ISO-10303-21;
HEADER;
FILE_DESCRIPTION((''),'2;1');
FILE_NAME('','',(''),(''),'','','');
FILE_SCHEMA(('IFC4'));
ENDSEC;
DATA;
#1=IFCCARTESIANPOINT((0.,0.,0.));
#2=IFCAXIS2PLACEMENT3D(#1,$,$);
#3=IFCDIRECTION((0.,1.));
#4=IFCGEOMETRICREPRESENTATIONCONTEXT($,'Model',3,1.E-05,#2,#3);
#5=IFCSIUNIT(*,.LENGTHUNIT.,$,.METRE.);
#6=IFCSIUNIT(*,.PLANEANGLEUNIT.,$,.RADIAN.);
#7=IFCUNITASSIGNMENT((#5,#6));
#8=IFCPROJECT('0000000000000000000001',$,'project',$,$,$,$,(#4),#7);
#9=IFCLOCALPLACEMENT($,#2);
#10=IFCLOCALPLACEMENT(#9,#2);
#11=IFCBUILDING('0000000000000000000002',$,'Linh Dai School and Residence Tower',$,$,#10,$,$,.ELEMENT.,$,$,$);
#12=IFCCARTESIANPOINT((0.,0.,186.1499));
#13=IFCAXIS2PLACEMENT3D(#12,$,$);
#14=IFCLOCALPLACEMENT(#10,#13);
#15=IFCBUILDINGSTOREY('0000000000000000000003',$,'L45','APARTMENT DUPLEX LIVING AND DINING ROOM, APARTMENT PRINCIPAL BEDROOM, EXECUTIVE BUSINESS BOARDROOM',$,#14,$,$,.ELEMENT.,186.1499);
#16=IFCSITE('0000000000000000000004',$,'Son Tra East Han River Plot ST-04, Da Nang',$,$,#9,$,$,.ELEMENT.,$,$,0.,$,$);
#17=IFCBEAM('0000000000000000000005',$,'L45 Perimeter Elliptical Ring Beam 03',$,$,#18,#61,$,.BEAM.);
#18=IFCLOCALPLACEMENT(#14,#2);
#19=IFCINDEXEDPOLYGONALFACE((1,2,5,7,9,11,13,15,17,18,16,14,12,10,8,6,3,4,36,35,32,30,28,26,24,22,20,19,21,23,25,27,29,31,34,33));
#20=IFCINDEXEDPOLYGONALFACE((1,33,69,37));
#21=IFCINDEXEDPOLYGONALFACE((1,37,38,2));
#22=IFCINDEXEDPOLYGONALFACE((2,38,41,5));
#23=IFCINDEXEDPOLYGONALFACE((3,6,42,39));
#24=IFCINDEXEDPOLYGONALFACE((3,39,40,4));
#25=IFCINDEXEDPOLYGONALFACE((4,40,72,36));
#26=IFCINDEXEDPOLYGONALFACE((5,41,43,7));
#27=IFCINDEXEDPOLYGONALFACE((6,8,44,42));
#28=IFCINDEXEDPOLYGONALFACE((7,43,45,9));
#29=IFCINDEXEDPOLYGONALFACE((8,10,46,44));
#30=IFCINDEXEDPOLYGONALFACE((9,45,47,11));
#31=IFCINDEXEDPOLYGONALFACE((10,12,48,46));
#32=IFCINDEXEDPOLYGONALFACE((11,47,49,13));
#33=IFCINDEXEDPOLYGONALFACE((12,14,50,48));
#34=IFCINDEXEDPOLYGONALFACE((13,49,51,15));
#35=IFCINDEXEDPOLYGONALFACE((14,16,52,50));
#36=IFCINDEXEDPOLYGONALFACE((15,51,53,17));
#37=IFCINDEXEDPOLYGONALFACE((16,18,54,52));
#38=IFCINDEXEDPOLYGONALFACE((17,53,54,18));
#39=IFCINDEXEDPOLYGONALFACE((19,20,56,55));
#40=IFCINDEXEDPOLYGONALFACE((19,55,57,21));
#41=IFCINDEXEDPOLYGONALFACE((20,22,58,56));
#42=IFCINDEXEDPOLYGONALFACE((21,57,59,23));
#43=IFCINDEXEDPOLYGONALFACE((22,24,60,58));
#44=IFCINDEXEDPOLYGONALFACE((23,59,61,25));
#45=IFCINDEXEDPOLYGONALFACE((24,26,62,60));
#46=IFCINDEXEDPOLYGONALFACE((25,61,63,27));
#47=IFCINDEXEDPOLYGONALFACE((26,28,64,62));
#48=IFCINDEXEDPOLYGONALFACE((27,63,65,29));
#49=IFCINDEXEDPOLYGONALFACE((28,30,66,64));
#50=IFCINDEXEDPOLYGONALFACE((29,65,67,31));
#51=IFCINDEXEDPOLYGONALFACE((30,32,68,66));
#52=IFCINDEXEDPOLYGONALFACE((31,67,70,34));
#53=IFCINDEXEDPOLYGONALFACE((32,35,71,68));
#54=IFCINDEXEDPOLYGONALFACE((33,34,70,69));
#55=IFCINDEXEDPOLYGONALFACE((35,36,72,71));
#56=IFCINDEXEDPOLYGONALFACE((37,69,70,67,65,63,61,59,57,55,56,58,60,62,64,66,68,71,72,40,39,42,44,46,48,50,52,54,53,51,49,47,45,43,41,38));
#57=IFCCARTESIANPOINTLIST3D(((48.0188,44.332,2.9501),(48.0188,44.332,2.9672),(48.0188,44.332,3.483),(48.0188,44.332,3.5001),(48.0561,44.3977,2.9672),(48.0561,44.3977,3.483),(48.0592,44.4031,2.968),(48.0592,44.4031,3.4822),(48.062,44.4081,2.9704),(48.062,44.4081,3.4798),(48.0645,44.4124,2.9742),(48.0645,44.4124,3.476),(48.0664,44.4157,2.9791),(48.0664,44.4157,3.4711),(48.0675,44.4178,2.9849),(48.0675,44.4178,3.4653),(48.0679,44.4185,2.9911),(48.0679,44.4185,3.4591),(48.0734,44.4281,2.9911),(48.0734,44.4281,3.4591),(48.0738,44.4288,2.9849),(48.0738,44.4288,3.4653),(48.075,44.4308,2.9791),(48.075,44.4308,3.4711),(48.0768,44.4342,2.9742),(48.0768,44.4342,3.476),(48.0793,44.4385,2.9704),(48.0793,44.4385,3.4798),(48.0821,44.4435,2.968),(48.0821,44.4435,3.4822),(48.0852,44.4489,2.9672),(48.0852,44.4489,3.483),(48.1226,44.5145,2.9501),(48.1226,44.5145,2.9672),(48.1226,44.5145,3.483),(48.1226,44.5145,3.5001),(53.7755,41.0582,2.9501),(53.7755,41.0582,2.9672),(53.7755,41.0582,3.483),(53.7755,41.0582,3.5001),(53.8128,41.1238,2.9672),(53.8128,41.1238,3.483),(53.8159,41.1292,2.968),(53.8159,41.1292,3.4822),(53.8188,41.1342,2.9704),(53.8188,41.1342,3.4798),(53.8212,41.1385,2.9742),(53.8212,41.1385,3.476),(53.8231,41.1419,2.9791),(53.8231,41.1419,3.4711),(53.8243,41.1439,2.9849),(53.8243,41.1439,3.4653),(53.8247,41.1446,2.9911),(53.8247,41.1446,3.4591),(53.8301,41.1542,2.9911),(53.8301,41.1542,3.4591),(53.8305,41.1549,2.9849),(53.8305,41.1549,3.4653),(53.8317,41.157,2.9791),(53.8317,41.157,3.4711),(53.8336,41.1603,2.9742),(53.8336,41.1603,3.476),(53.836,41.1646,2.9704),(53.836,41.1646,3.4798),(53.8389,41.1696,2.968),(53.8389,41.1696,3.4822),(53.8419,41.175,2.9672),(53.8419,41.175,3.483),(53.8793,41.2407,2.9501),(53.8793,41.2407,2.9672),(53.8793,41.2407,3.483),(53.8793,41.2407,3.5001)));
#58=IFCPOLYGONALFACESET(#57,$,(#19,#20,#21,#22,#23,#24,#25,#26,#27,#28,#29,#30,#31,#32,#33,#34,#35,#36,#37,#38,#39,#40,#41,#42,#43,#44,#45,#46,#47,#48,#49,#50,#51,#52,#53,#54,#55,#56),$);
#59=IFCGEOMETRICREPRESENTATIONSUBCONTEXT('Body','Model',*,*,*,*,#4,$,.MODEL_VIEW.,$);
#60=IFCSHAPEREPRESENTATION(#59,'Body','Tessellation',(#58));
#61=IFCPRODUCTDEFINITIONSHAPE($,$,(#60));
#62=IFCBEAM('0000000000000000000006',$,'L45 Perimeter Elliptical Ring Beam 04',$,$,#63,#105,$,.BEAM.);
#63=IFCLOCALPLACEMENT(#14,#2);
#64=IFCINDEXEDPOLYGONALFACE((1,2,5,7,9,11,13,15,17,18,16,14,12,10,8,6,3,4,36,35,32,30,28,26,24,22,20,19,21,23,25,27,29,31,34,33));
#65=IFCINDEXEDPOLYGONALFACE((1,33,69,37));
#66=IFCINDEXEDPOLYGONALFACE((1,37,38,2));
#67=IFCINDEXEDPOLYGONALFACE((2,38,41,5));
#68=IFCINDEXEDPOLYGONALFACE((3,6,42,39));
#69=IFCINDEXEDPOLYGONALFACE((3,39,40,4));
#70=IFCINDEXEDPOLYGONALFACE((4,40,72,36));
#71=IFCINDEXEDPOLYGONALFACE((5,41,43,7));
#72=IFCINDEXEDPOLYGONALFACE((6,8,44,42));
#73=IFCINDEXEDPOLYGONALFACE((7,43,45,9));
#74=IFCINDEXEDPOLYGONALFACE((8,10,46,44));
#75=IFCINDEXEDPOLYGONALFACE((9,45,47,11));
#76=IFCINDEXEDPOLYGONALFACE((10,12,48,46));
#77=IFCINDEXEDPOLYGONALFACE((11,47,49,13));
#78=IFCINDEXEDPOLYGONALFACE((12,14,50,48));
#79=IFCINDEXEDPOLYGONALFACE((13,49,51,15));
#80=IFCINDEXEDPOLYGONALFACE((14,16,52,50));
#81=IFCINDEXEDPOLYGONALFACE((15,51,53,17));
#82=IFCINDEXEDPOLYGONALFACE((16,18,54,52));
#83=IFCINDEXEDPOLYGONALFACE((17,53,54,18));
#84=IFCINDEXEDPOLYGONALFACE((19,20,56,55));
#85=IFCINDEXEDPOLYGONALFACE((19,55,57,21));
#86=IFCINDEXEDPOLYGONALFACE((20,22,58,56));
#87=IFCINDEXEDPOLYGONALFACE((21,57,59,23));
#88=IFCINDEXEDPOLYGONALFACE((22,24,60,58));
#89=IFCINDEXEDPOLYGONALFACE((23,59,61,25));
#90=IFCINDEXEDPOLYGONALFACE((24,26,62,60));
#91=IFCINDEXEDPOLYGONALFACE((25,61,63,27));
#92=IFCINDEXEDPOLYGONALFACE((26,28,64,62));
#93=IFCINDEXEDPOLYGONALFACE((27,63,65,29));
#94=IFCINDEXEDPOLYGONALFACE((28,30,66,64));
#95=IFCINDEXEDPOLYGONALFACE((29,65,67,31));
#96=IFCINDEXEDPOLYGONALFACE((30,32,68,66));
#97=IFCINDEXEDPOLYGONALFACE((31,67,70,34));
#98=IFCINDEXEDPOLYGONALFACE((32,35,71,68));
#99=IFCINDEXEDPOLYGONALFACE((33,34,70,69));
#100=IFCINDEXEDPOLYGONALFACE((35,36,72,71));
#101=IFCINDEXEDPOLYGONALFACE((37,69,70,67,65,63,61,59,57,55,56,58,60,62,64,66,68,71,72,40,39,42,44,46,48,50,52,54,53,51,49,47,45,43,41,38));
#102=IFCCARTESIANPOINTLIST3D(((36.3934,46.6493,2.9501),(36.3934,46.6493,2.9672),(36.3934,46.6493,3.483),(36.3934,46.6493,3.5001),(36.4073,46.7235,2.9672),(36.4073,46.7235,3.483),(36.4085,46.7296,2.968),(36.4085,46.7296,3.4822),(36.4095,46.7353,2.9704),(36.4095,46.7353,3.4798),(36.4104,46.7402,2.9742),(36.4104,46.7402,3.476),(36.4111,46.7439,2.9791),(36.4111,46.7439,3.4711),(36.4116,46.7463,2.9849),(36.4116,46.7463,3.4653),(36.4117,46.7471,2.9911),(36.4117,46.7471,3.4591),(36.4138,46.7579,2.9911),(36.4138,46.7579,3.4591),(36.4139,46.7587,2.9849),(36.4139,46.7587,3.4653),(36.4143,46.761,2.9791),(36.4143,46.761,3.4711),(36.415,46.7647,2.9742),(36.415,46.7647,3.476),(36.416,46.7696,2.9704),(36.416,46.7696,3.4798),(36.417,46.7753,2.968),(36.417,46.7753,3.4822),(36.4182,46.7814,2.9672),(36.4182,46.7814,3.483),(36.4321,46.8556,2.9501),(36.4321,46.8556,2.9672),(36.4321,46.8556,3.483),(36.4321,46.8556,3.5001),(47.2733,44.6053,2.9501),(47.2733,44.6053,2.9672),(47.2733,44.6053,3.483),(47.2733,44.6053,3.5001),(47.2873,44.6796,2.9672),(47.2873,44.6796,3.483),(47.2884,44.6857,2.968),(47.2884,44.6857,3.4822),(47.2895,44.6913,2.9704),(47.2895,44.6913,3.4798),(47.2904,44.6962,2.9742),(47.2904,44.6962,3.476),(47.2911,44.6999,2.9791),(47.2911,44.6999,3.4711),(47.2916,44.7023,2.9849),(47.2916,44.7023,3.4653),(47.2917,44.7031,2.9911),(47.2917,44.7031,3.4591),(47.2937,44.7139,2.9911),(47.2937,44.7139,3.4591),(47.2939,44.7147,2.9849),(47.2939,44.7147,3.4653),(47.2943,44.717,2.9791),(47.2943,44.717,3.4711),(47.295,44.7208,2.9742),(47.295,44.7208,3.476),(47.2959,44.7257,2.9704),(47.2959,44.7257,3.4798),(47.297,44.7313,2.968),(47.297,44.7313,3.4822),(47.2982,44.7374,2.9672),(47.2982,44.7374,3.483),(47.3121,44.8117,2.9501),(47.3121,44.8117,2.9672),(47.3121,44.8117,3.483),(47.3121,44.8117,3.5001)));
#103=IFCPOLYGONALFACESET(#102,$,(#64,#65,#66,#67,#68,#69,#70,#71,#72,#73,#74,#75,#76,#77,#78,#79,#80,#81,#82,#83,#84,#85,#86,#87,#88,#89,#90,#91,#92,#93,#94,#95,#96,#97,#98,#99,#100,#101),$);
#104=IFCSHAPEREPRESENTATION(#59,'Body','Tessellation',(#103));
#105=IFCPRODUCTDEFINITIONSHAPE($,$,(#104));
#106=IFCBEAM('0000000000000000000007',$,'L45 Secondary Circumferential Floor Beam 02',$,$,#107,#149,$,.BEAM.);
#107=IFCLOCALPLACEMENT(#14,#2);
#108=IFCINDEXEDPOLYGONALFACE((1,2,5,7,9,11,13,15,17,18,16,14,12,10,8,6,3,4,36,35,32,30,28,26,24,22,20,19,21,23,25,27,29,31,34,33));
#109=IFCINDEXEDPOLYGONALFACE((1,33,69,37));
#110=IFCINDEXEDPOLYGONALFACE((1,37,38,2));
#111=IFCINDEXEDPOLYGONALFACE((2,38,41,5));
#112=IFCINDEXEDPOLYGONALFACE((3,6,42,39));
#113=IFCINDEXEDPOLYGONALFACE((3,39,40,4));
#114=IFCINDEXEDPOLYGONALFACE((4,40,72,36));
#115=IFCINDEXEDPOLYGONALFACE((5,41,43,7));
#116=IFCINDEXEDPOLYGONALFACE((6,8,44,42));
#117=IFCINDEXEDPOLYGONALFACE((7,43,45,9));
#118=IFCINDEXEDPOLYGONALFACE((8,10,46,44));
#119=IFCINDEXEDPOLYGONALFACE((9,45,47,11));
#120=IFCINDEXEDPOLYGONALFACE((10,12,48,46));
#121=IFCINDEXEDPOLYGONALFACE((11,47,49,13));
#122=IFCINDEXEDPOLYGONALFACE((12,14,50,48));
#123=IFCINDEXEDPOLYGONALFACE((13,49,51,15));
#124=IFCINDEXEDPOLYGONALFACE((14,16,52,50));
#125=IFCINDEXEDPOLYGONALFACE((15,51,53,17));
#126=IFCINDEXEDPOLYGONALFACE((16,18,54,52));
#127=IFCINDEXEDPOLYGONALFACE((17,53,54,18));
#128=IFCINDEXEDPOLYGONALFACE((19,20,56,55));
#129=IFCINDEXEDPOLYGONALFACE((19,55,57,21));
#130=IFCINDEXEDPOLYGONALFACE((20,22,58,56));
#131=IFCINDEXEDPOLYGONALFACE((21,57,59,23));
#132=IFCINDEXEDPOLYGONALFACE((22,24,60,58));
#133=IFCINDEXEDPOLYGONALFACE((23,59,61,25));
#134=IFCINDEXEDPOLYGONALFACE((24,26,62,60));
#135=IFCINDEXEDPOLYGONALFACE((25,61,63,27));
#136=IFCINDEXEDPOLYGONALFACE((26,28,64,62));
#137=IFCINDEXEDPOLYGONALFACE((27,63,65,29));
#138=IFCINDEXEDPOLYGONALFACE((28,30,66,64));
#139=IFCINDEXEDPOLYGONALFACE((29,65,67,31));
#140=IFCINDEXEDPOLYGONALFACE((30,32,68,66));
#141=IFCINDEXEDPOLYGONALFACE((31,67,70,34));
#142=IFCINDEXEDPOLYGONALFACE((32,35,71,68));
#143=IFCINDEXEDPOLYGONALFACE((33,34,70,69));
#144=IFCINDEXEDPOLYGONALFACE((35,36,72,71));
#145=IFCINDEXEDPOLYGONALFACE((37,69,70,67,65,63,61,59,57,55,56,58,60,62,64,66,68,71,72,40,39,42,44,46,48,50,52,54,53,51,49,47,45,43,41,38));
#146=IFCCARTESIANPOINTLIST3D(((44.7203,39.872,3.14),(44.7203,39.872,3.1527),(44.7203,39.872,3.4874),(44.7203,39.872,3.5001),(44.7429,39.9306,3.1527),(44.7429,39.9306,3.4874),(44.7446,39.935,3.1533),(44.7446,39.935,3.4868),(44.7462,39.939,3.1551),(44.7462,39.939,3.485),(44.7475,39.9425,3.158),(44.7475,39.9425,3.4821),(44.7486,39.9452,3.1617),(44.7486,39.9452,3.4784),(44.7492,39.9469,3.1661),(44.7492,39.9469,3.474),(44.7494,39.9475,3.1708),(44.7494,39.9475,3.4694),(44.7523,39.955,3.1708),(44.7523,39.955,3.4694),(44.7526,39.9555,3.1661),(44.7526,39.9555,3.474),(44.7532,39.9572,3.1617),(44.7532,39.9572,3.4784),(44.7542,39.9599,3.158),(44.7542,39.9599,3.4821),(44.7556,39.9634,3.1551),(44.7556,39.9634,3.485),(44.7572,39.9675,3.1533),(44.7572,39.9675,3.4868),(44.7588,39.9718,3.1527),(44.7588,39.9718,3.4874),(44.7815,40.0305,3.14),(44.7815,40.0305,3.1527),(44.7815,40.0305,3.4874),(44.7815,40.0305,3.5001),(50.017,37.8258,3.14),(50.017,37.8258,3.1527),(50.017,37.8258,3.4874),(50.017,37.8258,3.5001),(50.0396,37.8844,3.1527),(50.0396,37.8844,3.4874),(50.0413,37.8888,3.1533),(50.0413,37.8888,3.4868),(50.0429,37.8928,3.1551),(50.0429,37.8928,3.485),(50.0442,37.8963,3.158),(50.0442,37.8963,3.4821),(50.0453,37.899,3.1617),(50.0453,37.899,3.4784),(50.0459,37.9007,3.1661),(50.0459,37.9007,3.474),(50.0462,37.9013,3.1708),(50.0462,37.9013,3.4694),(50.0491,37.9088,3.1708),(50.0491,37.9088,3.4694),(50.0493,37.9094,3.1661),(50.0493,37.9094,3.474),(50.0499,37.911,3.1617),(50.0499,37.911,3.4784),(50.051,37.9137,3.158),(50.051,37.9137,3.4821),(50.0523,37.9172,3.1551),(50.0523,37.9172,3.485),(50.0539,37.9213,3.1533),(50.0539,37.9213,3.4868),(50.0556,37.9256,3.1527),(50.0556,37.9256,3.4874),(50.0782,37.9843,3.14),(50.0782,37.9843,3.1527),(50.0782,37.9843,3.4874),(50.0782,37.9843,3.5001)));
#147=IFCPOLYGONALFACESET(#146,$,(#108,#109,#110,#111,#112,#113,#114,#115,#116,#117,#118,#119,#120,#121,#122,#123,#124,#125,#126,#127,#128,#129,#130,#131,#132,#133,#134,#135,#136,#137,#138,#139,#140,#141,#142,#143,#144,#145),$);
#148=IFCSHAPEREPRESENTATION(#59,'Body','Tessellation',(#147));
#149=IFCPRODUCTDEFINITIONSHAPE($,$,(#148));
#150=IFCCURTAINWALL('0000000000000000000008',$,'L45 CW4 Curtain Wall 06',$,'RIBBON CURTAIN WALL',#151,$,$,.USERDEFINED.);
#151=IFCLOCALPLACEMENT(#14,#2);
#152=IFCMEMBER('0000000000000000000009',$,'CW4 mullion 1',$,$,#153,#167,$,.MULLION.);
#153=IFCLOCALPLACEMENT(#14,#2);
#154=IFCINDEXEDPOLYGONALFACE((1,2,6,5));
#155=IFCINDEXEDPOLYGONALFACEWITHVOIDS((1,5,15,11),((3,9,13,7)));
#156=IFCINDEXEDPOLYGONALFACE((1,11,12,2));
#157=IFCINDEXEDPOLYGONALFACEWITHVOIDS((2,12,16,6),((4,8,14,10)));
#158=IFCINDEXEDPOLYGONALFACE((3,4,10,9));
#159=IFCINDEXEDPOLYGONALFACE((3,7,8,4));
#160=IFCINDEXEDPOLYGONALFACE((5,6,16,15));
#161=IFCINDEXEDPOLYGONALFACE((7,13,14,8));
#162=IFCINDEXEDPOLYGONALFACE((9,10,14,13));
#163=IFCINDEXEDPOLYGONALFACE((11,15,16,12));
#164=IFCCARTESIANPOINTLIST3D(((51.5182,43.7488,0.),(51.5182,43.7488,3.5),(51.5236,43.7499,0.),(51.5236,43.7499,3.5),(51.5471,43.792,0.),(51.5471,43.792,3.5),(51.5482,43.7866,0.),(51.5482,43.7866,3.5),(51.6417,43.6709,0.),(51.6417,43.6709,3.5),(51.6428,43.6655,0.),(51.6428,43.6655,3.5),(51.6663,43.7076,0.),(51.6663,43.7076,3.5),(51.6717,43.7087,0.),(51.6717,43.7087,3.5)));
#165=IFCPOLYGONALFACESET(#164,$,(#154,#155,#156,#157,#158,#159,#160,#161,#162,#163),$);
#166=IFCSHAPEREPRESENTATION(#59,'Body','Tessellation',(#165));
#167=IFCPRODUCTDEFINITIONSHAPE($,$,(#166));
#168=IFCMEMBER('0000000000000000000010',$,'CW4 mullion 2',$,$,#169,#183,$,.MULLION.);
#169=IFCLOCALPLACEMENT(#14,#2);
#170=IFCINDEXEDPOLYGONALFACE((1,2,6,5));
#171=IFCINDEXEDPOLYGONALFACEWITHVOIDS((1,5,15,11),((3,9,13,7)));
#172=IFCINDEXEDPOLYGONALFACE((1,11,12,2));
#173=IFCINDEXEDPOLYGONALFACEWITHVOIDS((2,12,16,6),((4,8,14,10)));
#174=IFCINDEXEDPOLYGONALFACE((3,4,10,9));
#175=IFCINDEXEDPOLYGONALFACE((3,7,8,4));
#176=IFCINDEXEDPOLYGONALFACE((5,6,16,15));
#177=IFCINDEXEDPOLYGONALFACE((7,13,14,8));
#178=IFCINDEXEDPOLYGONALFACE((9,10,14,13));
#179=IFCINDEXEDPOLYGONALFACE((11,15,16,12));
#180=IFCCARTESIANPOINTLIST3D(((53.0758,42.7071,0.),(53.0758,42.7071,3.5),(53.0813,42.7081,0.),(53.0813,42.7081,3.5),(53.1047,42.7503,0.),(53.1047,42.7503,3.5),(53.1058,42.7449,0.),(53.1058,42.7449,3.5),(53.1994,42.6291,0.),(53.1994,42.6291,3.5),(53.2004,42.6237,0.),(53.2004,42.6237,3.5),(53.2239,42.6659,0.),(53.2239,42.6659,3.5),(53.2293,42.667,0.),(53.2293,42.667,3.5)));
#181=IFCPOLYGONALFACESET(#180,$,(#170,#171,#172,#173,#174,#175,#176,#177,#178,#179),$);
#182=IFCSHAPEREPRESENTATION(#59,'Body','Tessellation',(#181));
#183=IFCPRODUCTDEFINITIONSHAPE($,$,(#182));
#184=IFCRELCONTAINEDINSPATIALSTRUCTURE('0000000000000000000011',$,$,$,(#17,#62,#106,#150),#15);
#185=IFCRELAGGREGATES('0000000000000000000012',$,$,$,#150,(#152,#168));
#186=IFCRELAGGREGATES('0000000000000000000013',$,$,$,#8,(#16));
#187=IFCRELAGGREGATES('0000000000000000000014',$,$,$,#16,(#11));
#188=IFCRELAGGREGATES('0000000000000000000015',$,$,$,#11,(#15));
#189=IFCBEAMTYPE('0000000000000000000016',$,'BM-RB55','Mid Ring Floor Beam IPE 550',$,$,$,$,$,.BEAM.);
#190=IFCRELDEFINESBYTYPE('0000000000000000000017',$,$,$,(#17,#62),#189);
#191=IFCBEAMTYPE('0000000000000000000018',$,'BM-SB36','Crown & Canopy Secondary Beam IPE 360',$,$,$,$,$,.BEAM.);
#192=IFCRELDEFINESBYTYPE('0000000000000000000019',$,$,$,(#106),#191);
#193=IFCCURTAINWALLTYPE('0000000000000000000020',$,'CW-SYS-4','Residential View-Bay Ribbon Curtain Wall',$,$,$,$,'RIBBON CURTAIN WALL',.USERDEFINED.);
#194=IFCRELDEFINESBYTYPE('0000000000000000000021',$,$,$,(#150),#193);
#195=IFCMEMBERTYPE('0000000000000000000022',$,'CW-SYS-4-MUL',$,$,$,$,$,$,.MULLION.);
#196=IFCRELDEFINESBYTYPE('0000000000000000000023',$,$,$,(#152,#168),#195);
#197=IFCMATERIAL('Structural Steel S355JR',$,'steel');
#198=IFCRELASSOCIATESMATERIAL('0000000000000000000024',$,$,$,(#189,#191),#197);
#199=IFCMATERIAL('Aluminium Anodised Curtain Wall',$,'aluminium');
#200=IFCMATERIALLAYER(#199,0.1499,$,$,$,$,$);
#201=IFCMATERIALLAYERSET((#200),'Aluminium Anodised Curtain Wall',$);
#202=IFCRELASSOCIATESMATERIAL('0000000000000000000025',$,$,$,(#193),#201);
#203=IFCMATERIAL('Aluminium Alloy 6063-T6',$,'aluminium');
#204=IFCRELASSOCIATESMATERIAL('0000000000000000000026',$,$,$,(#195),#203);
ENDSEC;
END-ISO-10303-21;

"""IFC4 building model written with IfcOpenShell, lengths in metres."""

from ifc_helpers import new_model, si_unit, direction, frame, origin, origin_2d, place, context, subcontext, project, spatial, hollow_rectangle, i_section, extrude, source, transform, mapped, material, layer, layer_set, material_profile, profile_set, type_object, element, aggregate, save


model = new_model("IFC4")

# Units and contexts
model_context = context("Model", 3, precision=1e-05, world=origin(), true_north=direction((0.0, 1.0)))
body_context = subcontext(model_context, "Body", "Model", "MODEL_VIEW")
ifc_project = project(units=[si_unit("LENGTHUNIT", "METRE"), si_unit("PLANEANGLEUNIT", "RADIAN")], contexts=[model_context])

# Site, building, storey
site_placement = place(None, origin())
site = spatial("IfcSite", under=ifc_project, at=site_placement, Name="Son Tra East Han River Plot ST-04, Da Nang", CompositionType="ELEMENT", RefElevation=0.0)
building_placement = place(site_placement, origin())
building = spatial("IfcBuilding", under=site, at=building_placement, Name="Linh Dai School and Residence Tower", CompositionType="ELEMENT")
storey_placement = place(building_placement, frame((0.0, 0.0, 186.1499)))
storey = spatial("IfcBuildingStorey", under=building, at=storey_placement, Name="L45", Description="APARTMENT DUPLEX LIVING AND DINING ROOM, APARTMENT PRINCIPAL BEDROOM, EXECUTIVE BUSINESS BOARDROOM", CompositionType="ELEMENT", Elevation=186.1499)

# Shared definitions
ifc_material_1 = material(Name="Structural Steel S355JR", Category="steel")

# Beams
ifc_material_profile_1 = material_profile(ifc_material_1, i_section(OverallWidth=0.21, OverallDepth=0.55, WebThickness=0.011, FlangeThickness=0.0171, FilletRadius=0.0239, at=origin_2d()), Name="IPE 550")
ifc_profile_set_1 = profile_set([ifc_material_profile_1], Name="Structural Steel S355JR")
beam_type_1 = type_object("IfcBeamType", Name="BM-RB55", Description="Mid Ring Floor Beam IPE 550", PredefinedType="BEAM", material=ifc_profile_set_1)
beam_1_placement = place(storey_placement, frame((53.8274, 41.1494, 3.2251), z_axis=(-0.869262, 0.494351, 0.0), x_axis=(-0.494351, -0.869262, 0.0)))
element("IfcBeam", 1, at=beam_1_placement, inside=storey, type_object=beam_type_1, Name="L45 Perimeter Elliptical Ring Beam 03", PredefinedType="BEAM", context=body_context, shape_type="SweptSolid", body=[
    extrude(i_section(OverallWidth=0.21, OverallDepth=0.55, WebThickness=0.011, FlangeThickness=0.0171, FilletRadius=0.0239, at=origin_2d()), origin(), (0.0, 0.0, 1.0), 6.6226),
])
beam_2_placement = place(storey_placement, frame((47.2927, 44.7085, 3.2251), z_axis=(-0.982807, 0.184635, 0.0), x_axis=(-0.184635, -0.982807, 0.0)))
element("IfcBeam", 2, at=beam_2_placement, inside=storey, type_object=beam_type_1, Name="L45 Perimeter Elliptical Ring Beam 04", PredefinedType="BEAM", context=body_context, shape_type="SweptSolid", body=[
    extrude(i_section(OverallWidth=0.21, OverallDepth=0.55, WebThickness=0.011, FlangeThickness=0.0171, FilletRadius=0.0239, at=origin_2d()), origin(), (0.0, 0.0, 1.0), 11.0703),
])
ifc_material_profile_2 = material_profile(ifc_material_1, i_section(OverallWidth=0.1699, OverallDepth=0.3601, WebThickness=0.0081, FlangeThickness=0.0127, FilletRadius=0.0181, at=origin_2d()), Name="IPE 360")
ifc_profile_set_2 = profile_set([ifc_material_profile_2], Name="Structural Steel S355JR")
beam_type_2 = type_object("IfcBeamType", Name="BM-SB36", Description="Crown & Canopy Secondary Beam IPE 360", PredefinedType="BEAM", material=ifc_profile_set_2)
beam_3_placement = place(storey_placement, frame((50.0476, 37.905, 3.3201), z_axis=(-0.932815, 0.360356, 0.0), x_axis=(-0.360356, -0.932815, 0.0)))
element("IfcBeam", 3, at=beam_3_placement, inside=storey, type_object=beam_type_2, Name="L45 Secondary Circumferential Floor Beam 02", PredefinedType="BEAM", context=body_context, shape_type="SweptSolid", body=[
    extrude(i_section(OverallWidth=0.1699, OverallDepth=0.3601, WebThickness=0.0081, FlangeThickness=0.0127, FilletRadius=0.0181, at=origin_2d()), origin(), (0.0, 0.0, 1.0), 5.6782),
])

# Curtain wall, members
ifc_material_2 = material(Name="Aluminium Anodised Curtain Wall", Category="aluminium")
ifc_layer_1 = layer(ifc_material_2, 0.1499)
ifc_layer_set_1 = layer_set([ifc_layer_1], Name="Aluminium Anodised Curtain Wall")
curtain_wall_type = type_object("IfcCurtainWallType", Name="CW-SYS-4", Description="Residential View-Bay Ribbon Curtain Wall", ElementType="RIBBON CURTAIN WALL", PredefinedType="USERDEFINED", material=ifc_layer_set_1)
curtain_wall_placement = place(storey_placement, origin())
curtain_wall = element("IfcCurtainWall", 4, at=curtain_wall_placement, inside=storey, type_object=curtain_wall_type, Name="L45 CW4 Curtain Wall 06", ObjectType="RIBBON CURTAIN WALL", PredefinedType="USERDEFINED")
ifc_material_3 = material(Name="Aluminium Alloy 6063-T6", Category="aluminium")
ifc_material_profile_3 = material_profile(ifc_material_3, hollow_rectangle(XDim=0.052, YDim=0.1499, WallThickness=0.0039, at=origin_2d()), Name="RHS 150x52x4")
ifc_profile_set_3 = profile_set([ifc_material_profile_3], Name="Aluminium Alloy 6063-T6")
member_type_1 = type_object("IfcMemberType", Name="CW-SYS-4-MUL", PredefinedType="MULLION", material=ifc_profile_set_3)
shared_shape_1 = source(origin(), body_context, "Body", "SweptSolid", [
    extrude(hollow_rectangle(XDim=0.052, YDim=0.1499, WallThickness=0.0039, at=origin_2d()), origin(), (0.0, 0.0, 1.0), 3.5),
])
member_1_placement = place(storey_placement, frame((51.595, 43.7288, 0.0), z_axis=(0.0, 0.0, 1.0), x_axis=(0.555931, 0.831228, 0.0)))
member_1 = element("IfcMember", 5, at=member_1_placement, type_object=member_type_1, Name="CW4 mullion 1", PredefinedType="MULLION", context=body_context, shape_type="MappedRepresentation", body=[
    mapped(shared_shape_1, transform((0.0, 0.0, 0.0), x_axis=(1.0, 0.0, 0.0), y_axis=(0.0, 1.0, 0.0), z_axis=(0.0, 0.0, 1.0), scale=1.0)),
])
member_2_placement = place(storey_placement, frame((53.1526, 42.687, 0.0), z_axis=(0.0, 0.0, 1.0), x_axis=(0.555931, 0.831228, 0.0)))
member_2 = element("IfcMember", 6, at=member_2_placement, type_object=member_type_1, Name="CW4 mullion 2", PredefinedType="MULLION", context=body_context, shape_type="MappedRepresentation", body=[
    mapped(shared_shape_1, transform((0.0, 0.0, 0.0), x_axis=(1.0, 0.0, 0.0), y_axis=(0.0, 1.0, 0.0), z_axis=(0.0, 0.0, 1.0), scale=1.0)),
])

aggregate(curtain_wall, [member_1, member_2])

save(model, "model.ifc")
